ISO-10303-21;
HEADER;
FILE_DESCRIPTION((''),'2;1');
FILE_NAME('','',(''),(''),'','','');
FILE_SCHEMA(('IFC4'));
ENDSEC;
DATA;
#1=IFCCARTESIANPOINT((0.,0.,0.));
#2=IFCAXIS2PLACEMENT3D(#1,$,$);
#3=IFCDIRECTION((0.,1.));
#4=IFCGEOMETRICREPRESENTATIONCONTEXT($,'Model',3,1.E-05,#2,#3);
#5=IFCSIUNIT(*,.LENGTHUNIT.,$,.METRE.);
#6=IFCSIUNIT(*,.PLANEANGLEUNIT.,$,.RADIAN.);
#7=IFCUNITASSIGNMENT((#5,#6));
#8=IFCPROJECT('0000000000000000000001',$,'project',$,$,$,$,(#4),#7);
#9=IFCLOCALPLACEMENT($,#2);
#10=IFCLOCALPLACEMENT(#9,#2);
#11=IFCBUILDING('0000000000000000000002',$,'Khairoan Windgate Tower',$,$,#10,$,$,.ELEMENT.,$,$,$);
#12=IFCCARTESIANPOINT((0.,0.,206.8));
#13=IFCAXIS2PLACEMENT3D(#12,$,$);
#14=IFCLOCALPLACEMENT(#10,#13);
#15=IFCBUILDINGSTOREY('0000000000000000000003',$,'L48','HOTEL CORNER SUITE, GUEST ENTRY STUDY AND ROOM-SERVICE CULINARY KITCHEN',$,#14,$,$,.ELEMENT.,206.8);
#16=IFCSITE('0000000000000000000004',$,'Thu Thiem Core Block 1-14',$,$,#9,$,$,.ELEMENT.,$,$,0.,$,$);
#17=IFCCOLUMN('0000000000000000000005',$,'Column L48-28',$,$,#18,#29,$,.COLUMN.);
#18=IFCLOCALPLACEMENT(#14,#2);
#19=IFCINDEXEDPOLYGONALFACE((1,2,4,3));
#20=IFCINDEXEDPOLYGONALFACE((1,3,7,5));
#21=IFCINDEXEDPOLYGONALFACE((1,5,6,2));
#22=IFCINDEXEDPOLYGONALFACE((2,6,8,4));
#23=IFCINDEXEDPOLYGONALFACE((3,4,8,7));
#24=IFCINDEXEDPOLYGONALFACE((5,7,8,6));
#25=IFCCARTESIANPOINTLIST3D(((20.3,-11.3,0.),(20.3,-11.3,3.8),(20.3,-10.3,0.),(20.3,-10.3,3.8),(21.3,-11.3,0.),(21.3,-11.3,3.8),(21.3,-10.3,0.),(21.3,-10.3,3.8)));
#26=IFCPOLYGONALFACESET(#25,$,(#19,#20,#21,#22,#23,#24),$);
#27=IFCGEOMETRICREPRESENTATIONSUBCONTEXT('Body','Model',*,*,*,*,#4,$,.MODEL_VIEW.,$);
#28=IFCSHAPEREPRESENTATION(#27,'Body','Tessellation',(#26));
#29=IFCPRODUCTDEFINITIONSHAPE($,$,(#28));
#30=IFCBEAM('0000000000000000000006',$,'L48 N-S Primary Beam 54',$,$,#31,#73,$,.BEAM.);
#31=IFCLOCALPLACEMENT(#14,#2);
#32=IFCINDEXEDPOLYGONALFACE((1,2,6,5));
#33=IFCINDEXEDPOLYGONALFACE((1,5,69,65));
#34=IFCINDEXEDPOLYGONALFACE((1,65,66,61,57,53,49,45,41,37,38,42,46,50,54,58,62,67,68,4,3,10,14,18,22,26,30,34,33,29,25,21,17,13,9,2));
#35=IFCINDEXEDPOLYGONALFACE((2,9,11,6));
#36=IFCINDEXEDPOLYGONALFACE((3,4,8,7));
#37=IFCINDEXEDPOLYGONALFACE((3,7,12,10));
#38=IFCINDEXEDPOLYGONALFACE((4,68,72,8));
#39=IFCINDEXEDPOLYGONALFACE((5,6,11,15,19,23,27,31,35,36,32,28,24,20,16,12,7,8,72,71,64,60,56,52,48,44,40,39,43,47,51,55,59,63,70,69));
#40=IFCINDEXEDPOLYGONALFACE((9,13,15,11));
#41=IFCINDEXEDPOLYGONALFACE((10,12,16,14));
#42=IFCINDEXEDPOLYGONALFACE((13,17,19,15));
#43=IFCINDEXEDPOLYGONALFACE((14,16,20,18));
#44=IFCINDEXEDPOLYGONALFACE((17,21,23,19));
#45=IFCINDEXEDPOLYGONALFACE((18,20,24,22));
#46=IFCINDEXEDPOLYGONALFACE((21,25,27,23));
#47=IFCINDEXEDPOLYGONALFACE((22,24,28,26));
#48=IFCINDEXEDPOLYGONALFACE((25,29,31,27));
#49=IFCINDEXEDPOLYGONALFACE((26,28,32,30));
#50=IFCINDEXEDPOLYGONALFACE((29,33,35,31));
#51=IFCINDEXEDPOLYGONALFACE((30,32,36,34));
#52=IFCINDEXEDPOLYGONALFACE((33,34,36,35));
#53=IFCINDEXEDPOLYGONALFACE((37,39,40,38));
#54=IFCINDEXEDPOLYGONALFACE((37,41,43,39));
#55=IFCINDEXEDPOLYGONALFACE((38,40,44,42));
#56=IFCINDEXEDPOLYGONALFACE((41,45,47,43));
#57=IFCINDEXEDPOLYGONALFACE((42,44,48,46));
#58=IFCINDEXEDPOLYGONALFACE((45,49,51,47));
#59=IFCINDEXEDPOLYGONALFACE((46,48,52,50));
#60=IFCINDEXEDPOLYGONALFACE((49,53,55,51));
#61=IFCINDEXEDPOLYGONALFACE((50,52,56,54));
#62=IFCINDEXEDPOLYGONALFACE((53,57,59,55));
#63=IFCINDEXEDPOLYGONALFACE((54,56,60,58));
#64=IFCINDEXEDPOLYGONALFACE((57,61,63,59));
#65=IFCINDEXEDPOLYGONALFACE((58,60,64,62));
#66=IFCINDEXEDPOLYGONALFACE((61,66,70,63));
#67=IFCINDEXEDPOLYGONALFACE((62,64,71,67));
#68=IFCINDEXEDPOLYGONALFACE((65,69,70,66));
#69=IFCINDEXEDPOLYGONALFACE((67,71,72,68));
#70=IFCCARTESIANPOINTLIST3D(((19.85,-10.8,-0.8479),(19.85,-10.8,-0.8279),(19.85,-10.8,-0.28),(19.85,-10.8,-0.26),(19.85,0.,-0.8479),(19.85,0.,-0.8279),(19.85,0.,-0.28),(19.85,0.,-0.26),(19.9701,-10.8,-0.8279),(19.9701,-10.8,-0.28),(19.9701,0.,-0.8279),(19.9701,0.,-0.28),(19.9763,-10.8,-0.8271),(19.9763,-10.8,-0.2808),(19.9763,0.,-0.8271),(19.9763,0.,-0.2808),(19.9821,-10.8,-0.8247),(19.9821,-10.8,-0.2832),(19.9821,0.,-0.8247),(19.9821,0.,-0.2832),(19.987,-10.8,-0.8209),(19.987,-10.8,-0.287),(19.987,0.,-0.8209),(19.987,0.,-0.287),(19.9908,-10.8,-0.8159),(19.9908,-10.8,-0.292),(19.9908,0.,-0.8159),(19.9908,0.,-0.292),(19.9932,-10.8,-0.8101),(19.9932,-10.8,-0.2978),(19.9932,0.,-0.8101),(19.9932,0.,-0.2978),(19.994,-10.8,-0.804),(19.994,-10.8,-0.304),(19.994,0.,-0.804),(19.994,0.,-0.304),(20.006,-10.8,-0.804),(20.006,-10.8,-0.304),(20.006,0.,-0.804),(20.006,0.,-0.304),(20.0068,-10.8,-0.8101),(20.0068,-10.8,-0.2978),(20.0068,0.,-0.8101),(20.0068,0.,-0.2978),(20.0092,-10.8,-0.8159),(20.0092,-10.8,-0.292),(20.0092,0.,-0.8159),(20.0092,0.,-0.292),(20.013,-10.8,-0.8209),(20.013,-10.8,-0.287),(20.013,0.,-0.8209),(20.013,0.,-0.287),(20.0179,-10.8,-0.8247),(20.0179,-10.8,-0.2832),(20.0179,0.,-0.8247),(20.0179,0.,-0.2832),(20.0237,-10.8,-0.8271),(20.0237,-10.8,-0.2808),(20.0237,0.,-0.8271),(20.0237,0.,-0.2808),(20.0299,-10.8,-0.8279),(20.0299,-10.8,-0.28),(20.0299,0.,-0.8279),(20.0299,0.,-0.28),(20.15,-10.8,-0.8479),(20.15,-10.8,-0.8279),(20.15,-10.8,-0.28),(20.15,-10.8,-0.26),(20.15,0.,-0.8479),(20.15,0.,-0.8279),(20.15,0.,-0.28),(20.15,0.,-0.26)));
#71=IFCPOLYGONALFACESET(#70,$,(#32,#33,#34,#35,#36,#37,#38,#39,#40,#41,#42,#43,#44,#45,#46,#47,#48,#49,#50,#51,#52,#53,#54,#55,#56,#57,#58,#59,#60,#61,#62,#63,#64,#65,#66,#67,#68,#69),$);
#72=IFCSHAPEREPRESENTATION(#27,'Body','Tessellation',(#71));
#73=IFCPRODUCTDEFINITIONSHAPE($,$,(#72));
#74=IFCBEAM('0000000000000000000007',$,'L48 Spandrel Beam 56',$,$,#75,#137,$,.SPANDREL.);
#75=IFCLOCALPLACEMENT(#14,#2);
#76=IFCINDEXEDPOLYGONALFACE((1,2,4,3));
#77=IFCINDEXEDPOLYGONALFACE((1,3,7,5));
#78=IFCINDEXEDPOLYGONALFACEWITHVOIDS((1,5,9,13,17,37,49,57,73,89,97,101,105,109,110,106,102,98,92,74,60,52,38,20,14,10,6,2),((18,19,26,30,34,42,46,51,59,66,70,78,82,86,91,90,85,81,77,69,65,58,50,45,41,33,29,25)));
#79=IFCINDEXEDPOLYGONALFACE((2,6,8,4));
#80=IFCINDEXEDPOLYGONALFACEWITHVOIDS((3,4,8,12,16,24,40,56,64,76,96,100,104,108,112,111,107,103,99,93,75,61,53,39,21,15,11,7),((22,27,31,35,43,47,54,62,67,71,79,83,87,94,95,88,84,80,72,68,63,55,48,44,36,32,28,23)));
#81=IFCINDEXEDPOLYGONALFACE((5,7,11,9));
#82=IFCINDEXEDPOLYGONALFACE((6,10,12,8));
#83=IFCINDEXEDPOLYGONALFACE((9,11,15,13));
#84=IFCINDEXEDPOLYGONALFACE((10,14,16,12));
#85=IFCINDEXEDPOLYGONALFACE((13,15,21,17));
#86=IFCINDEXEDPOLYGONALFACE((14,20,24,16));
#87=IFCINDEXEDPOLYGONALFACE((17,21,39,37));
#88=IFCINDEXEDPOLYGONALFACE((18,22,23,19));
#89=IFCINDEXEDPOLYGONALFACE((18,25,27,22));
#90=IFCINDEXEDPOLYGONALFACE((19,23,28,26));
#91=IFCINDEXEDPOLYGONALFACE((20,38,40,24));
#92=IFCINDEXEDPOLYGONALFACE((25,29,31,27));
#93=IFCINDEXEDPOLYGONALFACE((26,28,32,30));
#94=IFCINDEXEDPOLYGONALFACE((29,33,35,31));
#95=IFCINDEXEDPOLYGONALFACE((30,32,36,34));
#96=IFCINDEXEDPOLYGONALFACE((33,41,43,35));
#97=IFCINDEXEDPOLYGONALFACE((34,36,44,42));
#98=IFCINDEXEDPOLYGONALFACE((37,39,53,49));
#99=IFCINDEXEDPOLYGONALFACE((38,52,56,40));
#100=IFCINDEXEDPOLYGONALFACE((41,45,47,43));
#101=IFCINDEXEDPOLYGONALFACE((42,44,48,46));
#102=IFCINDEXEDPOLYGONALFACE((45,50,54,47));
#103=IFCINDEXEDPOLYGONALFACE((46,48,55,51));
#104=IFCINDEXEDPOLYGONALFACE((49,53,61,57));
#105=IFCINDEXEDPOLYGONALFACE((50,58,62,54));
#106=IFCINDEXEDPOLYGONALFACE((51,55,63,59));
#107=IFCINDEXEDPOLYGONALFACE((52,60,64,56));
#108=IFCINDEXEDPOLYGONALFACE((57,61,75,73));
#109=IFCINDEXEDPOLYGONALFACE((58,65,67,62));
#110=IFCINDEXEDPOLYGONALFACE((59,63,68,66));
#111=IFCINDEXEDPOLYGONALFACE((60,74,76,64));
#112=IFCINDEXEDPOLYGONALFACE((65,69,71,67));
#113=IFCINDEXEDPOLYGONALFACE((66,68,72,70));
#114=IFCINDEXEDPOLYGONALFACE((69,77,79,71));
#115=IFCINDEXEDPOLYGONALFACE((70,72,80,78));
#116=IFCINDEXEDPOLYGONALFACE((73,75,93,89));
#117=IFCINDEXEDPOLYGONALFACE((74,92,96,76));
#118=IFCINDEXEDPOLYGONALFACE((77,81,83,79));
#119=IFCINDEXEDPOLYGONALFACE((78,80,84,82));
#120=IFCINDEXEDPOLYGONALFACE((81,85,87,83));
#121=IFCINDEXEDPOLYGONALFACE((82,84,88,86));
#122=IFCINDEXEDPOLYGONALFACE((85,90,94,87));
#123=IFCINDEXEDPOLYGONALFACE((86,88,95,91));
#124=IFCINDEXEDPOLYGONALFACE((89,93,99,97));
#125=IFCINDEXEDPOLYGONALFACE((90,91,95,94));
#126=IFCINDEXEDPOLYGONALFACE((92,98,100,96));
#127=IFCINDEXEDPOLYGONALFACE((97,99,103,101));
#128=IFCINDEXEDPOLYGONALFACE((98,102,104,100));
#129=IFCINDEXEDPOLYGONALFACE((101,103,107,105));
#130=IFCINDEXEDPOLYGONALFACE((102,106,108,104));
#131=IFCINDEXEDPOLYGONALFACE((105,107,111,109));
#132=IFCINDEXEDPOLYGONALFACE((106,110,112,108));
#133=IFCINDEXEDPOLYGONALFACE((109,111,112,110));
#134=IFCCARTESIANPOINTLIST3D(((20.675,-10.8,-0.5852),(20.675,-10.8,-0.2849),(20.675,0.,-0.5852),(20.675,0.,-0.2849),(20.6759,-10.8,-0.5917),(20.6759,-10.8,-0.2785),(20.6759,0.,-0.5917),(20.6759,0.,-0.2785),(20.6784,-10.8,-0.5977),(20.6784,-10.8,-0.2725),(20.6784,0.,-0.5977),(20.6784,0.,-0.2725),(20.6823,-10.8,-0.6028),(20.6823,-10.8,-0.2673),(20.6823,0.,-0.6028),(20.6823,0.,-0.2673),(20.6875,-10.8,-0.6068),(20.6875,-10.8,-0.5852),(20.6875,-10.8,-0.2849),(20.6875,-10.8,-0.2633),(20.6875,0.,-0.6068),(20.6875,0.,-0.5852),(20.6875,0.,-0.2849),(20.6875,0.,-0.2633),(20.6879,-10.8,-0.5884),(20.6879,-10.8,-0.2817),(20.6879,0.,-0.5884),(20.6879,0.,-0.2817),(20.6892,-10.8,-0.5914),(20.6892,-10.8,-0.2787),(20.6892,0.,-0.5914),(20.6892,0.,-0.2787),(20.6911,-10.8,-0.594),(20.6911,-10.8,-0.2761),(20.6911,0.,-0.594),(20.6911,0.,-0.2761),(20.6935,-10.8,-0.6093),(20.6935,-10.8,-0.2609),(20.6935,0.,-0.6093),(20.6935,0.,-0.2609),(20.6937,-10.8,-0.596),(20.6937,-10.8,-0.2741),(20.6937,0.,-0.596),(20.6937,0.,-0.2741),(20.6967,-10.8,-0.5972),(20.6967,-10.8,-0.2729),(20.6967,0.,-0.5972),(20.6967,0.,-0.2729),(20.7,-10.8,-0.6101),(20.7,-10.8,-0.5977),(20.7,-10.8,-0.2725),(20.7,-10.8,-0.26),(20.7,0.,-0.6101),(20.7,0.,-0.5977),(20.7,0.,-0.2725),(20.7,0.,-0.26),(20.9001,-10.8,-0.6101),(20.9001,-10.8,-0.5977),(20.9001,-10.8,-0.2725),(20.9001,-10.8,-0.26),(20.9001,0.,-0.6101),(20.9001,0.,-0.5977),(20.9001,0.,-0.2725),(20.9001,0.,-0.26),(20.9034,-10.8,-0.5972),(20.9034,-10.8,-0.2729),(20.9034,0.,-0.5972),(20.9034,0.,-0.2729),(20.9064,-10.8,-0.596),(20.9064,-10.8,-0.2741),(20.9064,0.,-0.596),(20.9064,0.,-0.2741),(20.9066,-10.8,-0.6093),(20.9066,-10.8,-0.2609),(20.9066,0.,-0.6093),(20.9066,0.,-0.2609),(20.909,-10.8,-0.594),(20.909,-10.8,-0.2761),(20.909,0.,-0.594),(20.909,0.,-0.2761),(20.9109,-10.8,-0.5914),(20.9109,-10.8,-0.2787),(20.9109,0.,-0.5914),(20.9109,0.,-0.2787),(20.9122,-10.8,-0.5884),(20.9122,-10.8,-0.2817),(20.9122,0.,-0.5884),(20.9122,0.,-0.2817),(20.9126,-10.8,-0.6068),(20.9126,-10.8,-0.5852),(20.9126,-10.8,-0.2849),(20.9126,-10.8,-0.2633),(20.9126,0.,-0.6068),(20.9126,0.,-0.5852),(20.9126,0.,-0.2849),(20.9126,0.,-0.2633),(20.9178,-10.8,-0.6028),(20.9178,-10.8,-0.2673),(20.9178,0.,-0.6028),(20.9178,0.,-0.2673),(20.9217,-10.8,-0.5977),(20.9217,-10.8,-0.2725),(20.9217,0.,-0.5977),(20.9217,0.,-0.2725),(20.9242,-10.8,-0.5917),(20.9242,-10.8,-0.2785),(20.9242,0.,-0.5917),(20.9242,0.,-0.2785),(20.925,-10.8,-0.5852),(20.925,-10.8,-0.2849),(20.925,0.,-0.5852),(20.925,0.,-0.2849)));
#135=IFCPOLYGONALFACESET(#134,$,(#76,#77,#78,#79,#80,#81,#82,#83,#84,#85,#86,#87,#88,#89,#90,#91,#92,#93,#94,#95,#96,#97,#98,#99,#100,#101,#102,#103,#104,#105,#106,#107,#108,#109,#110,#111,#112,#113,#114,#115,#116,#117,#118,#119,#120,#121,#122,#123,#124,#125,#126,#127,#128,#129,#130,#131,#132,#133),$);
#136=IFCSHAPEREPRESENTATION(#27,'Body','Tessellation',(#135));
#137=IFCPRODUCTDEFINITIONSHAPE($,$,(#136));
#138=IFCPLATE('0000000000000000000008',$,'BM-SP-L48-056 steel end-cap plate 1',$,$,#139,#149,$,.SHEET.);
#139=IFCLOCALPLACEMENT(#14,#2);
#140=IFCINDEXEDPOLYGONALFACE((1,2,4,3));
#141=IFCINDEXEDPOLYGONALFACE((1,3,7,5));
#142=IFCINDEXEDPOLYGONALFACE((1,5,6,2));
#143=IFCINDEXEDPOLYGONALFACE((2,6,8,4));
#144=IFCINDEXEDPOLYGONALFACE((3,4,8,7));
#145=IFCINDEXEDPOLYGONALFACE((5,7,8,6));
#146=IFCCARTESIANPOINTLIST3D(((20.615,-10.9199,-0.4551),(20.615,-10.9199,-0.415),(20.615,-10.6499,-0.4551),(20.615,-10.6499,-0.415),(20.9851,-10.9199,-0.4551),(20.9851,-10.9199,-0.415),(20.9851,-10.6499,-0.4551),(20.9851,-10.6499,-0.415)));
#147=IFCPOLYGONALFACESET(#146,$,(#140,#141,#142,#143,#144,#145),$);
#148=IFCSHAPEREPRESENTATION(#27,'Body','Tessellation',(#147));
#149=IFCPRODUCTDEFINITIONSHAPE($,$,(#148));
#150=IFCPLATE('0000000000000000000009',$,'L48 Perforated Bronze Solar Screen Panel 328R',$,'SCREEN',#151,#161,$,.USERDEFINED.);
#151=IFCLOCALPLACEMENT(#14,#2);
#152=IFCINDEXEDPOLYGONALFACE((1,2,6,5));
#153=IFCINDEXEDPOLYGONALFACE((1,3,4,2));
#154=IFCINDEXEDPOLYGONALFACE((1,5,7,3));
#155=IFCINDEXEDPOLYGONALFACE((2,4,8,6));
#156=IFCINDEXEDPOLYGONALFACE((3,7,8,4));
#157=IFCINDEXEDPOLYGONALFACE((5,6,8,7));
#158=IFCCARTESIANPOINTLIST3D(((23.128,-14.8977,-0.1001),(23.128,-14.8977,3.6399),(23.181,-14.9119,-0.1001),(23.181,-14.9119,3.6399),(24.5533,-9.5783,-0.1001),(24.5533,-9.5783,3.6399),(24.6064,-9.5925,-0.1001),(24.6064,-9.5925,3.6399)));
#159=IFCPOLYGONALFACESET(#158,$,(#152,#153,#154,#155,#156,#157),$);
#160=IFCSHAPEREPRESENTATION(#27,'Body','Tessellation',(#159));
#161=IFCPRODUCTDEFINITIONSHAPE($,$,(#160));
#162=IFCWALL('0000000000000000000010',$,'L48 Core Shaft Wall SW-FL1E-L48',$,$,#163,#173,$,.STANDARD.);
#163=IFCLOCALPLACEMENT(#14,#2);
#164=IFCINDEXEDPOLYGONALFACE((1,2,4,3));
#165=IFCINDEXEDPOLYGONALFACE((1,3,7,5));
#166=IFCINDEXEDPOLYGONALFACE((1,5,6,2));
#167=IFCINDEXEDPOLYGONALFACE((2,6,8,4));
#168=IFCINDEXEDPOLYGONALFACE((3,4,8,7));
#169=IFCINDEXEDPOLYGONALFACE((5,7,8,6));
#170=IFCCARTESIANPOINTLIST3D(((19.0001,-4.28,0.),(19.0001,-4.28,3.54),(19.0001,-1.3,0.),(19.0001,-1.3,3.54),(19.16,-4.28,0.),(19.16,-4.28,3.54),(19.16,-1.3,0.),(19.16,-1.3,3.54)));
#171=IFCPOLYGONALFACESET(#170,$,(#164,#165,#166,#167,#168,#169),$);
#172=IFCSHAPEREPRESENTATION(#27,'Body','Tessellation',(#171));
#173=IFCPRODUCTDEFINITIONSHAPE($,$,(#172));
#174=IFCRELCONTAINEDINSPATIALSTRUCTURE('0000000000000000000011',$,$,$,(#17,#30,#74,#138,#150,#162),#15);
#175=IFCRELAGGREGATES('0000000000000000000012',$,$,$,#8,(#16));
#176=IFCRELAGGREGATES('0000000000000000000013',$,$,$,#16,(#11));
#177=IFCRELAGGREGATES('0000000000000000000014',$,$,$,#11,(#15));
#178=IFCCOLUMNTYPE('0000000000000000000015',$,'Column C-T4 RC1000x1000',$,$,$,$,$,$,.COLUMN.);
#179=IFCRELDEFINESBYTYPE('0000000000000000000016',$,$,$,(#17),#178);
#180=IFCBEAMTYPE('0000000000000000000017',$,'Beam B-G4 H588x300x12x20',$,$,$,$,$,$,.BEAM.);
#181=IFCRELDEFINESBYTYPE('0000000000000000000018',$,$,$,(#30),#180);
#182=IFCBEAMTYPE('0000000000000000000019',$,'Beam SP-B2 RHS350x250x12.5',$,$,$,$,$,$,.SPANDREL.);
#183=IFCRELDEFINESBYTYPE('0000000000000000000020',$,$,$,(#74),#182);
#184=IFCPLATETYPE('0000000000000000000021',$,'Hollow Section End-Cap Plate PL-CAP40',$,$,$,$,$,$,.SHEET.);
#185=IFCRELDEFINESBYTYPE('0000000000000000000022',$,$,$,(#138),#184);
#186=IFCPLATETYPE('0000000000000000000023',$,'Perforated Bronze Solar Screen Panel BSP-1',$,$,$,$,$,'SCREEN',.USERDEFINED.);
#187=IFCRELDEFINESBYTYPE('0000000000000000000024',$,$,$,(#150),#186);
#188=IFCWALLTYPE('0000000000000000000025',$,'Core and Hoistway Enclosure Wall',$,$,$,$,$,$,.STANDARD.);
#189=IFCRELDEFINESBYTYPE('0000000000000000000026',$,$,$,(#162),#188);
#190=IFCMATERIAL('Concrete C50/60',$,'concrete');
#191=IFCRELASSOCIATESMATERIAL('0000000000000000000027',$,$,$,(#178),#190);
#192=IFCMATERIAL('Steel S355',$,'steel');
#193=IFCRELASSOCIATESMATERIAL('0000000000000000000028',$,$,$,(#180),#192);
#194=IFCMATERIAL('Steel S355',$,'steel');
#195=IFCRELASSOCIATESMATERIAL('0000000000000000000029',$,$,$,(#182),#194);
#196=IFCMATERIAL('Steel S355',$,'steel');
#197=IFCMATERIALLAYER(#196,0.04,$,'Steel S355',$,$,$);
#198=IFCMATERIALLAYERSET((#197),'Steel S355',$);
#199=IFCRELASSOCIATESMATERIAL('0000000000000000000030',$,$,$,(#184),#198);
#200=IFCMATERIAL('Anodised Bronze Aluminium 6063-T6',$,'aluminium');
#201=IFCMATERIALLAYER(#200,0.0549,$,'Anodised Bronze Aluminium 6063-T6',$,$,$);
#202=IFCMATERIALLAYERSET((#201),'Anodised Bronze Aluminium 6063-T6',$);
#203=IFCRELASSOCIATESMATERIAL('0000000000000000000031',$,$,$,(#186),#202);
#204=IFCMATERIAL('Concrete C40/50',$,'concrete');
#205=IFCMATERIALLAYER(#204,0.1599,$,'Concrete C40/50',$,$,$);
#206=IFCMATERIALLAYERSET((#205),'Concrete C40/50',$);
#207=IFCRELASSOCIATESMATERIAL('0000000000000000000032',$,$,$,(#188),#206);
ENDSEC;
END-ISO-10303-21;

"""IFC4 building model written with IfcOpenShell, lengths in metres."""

from ifc_helpers import new_model, si_unit, direction, frame, frame_2d, origin, origin_2d, place, context, subcontext, project, spatial, rectangle, hollow_rectangle, i_section, extrude, material, layer, layer_set, material_profile, profile_set, type_object, element, save


model = new_model("IFC4")

# Units and contexts
model_context = context("Model", 3, precision=1e-05, world=origin(), true_north=direction((0.0, 1.0)))
body_context = subcontext(model_context, "Body", "Model", "MODEL_VIEW")
ifc_project = project(units=[si_unit("LENGTHUNIT", "METRE"), si_unit("PLANEANGLEUNIT", "RADIAN")], contexts=[model_context])

# Site, building, storey
site_placement = place(None, origin())
site = spatial("IfcSite", under=ifc_project, at=site_placement, Name="Thu Thiem Core Block 1-14", CompositionType="ELEMENT", RefElevation=0.0)
building_placement = place(site_placement, origin())
building = spatial("IfcBuilding", under=site, at=building_placement, Name="Khairoan Windgate Tower", CompositionType="ELEMENT")
storey_placement = place(building_placement, frame((0.0, 0.0, 206.8)))
storey = spatial("IfcBuildingStorey", under=building, at=storey_placement, Name="L48", Description="HOTEL CORNER SUITE, GUEST ENTRY STUDY AND ROOM-SERVICE CULINARY KITCHEN", CompositionType="ELEMENT", Elevation=206.8)

# Column
ifc_material_1 = material(Name="Concrete C50/60", Category="concrete")
ifc_material_profile_1 = material_profile(ifc_material_1, rectangle(XDim=1.0, YDim=1.0, at=origin_2d()))
ifc_profile_set_1 = profile_set([ifc_material_profile_1], Name="Concrete C50/60")
column_type = type_object("IfcColumnType", Name="Column C-T4 RC1000x1000", PredefinedType="COLUMN", material=ifc_profile_set_1)
column_placement = place(storey_placement, frame((20.8, -10.8, 0.0), z_axis=(0.0, 0.0, 1.0), x_axis=(1.0, 0.0, 0.0)))
element("IfcColumn", 1, at=column_placement, inside=storey, type_object=column_type, Name="Column L48-28", PredefinedType="COLUMN", context=body_context, shape_type="SweptSolid", body=[
    extrude(rectangle(XDim=1.0, YDim=1.0, at=origin_2d()), origin(), (0.0, 0.0, 1.0), 3.8),
])

# Beams
ifc_material_2 = material(Name="Steel S355", Category="steel")
ifc_material_profile_2 = material_profile(ifc_material_2, i_section(OverallWidth=0.3, OverallDepth=0.5879, WebThickness=0.012, FlangeThickness=0.02, FilletRadius=0.0239, at=origin_2d()))
ifc_profile_set_2 = profile_set([ifc_material_profile_2], Name="Steel S355")
beam_type_1 = type_object("IfcBeamType", Name="Beam B-G4 H588x300x12x20", PredefinedType="BEAM", material=ifc_profile_set_2)
beam_1_placement = place(storey_placement, frame((20.0, -10.8, -0.554), z_axis=(0.0, 1.0, 0.0), x_axis=(-1.0, 0.0, 0.0)))
element("IfcBeam", 2, at=beam_1_placement, inside=storey, type_object=beam_type_1, Name="L48 N-S Primary Beam 54", PredefinedType="BEAM", context=body_context, shape_type="SweptSolid", body=[
    extrude(i_section(OverallWidth=0.3, OverallDepth=0.5879, WebThickness=0.012, FlangeThickness=0.02, FilletRadius=0.0239, at=origin_2d()), origin(), (0.0, 0.0, 1.0), 10.8),
])
ifc_material_3 = material(Name="Steel S355", Category="steel")
ifc_material_profile_3 = material_profile(ifc_material_3, hollow_rectangle(XDim=0.25, YDim=0.3501, WallThickness=0.0125, InnerFilletRadius=0.0125, OuterFilletRadius=0.0249, at=origin_2d()))
ifc_profile_set_3 = profile_set([ifc_material_profile_3], Name="Steel S355")
beam_type_2 = type_object("IfcBeamType", Name="Beam SP-B2 RHS350x250x12.5", PredefinedType="SPANDREL", material=ifc_profile_set_3)
beam_2_placement = place(storey_placement, frame((20.8, -10.8, -0.4351), z_axis=(0.0, 1.0, 0.0), x_axis=(-1.0, 0.0, 0.0)))
element("IfcBeam", 3, at=beam_2_placement, inside=storey, type_object=beam_type_2, Name="L48 Spandrel Beam 56", PredefinedType="SPANDREL", context=body_context, shape_type="SweptSolid", body=[
    extrude(hollow_rectangle(XDim=0.25, YDim=0.3501, WallThickness=0.0125, InnerFilletRadius=0.0125, OuterFilletRadius=0.0249, at=origin_2d()), origin(), (0.0, 0.0, 1.0), 10.8),
])

# Plates
ifc_material_4 = material(Name="Steel S355", Category="steel")
ifc_layer_1 = layer(ifc_material_4, 0.04, Name="Steel S355")
ifc_layer_set_1 = layer_set([ifc_layer_1], Name="Steel S355")
plate_type_1 = type_object("IfcPlateType", Name="Hollow Section End-Cap Plate PL-CAP40", PredefinedType="SHEET", material=ifc_layer_set_1)
plate_1_placement = place(storey_placement, frame((20.8, -10.7849, -0.4551), z_axis=(0.0, 0.0, 1.0), x_axis=(0.0, 1.0, 0.0)))
element("IfcPlate", 4, at=plate_1_placement, inside=storey, type_object=plate_type_1, Name="BM-SP-L48-056 steel end-cap plate 1", PredefinedType="SHEET", context=body_context, shape_type="SweptSolid", body=[
    extrude(rectangle(XDim=0.27, YDim=0.3701, at=origin_2d()), origin(), (0.0, 0.0, 1.0), 0.04),
])
ifc_material_5 = material(Name="Anodised Bronze Aluminium 6063-T6", Category="aluminium")
ifc_layer_2 = layer(ifc_material_5, 0.0549, Name="Anodised Bronze Aluminium 6063-T6")
ifc_layer_set_2 = layer_set([ifc_layer_2], Name="Anodised Bronze Aluminium 6063-T6")
plate_type_2 = type_object("IfcPlateType", Name="Perforated Bronze Solar Screen Panel BSP-1", ElementType="SCREEN", PredefinedType="USERDEFINED", material=ifc_layer_set_2)
plate_2_placement = place(storey_placement, frame((23.8672, -12.2451, -0.1001), z_axis=(0.0, 0.0, 1.0), x_axis=(-0.258819, -0.965926, 0.0)))
element("IfcPlate", 5, at=plate_2_placement, inside=storey, type_object=plate_type_2, Name="L48 Perforated Bronze Solar Screen Panel 328R", ObjectType="SCREEN", PredefinedType="USERDEFINED", context=body_context, shape_type="SweptSolid", body=[
    extrude(rectangle(XDim=5.5071, YDim=0.0549, at=origin_2d()), origin(), (0.0, 0.0, 1.0), 3.74),
])

# Wall
ifc_material_6 = material(Name="Concrete C40/50", Category="concrete")
ifc_layer_3 = layer(ifc_material_6, 0.1599, Name="Concrete C40/50")
ifc_layer_set_3 = layer_set([ifc_layer_3], Name="Concrete C40/50")
wall_type_1 = type_object("IfcWallType", Name="Core and Hoistway Enclosure Wall", PredefinedType="STANDARD", material=ifc_layer_set_3)
wall_1_placement = place(storey_placement, frame((19.0801, -4.28, 0.0), z_axis=(0.0, 0.0, 1.0), x_axis=(0.0, 1.0, 0.0)))
element("IfcWall", 6, at=wall_1_placement, inside=storey, type_object=wall_type_1, Name="L48 Core Shaft Wall SW-FL1E-L48", PredefinedType="STANDARD", context=body_context, shape_type="SweptSolid", body=[
    extrude(rectangle(XDim=2.98, YDim=0.1599, at=frame_2d((1.49, 0.0))), origin(), (0.0, 0.0, 1.0), 3.54),
])

save(model, "model.ifc")
